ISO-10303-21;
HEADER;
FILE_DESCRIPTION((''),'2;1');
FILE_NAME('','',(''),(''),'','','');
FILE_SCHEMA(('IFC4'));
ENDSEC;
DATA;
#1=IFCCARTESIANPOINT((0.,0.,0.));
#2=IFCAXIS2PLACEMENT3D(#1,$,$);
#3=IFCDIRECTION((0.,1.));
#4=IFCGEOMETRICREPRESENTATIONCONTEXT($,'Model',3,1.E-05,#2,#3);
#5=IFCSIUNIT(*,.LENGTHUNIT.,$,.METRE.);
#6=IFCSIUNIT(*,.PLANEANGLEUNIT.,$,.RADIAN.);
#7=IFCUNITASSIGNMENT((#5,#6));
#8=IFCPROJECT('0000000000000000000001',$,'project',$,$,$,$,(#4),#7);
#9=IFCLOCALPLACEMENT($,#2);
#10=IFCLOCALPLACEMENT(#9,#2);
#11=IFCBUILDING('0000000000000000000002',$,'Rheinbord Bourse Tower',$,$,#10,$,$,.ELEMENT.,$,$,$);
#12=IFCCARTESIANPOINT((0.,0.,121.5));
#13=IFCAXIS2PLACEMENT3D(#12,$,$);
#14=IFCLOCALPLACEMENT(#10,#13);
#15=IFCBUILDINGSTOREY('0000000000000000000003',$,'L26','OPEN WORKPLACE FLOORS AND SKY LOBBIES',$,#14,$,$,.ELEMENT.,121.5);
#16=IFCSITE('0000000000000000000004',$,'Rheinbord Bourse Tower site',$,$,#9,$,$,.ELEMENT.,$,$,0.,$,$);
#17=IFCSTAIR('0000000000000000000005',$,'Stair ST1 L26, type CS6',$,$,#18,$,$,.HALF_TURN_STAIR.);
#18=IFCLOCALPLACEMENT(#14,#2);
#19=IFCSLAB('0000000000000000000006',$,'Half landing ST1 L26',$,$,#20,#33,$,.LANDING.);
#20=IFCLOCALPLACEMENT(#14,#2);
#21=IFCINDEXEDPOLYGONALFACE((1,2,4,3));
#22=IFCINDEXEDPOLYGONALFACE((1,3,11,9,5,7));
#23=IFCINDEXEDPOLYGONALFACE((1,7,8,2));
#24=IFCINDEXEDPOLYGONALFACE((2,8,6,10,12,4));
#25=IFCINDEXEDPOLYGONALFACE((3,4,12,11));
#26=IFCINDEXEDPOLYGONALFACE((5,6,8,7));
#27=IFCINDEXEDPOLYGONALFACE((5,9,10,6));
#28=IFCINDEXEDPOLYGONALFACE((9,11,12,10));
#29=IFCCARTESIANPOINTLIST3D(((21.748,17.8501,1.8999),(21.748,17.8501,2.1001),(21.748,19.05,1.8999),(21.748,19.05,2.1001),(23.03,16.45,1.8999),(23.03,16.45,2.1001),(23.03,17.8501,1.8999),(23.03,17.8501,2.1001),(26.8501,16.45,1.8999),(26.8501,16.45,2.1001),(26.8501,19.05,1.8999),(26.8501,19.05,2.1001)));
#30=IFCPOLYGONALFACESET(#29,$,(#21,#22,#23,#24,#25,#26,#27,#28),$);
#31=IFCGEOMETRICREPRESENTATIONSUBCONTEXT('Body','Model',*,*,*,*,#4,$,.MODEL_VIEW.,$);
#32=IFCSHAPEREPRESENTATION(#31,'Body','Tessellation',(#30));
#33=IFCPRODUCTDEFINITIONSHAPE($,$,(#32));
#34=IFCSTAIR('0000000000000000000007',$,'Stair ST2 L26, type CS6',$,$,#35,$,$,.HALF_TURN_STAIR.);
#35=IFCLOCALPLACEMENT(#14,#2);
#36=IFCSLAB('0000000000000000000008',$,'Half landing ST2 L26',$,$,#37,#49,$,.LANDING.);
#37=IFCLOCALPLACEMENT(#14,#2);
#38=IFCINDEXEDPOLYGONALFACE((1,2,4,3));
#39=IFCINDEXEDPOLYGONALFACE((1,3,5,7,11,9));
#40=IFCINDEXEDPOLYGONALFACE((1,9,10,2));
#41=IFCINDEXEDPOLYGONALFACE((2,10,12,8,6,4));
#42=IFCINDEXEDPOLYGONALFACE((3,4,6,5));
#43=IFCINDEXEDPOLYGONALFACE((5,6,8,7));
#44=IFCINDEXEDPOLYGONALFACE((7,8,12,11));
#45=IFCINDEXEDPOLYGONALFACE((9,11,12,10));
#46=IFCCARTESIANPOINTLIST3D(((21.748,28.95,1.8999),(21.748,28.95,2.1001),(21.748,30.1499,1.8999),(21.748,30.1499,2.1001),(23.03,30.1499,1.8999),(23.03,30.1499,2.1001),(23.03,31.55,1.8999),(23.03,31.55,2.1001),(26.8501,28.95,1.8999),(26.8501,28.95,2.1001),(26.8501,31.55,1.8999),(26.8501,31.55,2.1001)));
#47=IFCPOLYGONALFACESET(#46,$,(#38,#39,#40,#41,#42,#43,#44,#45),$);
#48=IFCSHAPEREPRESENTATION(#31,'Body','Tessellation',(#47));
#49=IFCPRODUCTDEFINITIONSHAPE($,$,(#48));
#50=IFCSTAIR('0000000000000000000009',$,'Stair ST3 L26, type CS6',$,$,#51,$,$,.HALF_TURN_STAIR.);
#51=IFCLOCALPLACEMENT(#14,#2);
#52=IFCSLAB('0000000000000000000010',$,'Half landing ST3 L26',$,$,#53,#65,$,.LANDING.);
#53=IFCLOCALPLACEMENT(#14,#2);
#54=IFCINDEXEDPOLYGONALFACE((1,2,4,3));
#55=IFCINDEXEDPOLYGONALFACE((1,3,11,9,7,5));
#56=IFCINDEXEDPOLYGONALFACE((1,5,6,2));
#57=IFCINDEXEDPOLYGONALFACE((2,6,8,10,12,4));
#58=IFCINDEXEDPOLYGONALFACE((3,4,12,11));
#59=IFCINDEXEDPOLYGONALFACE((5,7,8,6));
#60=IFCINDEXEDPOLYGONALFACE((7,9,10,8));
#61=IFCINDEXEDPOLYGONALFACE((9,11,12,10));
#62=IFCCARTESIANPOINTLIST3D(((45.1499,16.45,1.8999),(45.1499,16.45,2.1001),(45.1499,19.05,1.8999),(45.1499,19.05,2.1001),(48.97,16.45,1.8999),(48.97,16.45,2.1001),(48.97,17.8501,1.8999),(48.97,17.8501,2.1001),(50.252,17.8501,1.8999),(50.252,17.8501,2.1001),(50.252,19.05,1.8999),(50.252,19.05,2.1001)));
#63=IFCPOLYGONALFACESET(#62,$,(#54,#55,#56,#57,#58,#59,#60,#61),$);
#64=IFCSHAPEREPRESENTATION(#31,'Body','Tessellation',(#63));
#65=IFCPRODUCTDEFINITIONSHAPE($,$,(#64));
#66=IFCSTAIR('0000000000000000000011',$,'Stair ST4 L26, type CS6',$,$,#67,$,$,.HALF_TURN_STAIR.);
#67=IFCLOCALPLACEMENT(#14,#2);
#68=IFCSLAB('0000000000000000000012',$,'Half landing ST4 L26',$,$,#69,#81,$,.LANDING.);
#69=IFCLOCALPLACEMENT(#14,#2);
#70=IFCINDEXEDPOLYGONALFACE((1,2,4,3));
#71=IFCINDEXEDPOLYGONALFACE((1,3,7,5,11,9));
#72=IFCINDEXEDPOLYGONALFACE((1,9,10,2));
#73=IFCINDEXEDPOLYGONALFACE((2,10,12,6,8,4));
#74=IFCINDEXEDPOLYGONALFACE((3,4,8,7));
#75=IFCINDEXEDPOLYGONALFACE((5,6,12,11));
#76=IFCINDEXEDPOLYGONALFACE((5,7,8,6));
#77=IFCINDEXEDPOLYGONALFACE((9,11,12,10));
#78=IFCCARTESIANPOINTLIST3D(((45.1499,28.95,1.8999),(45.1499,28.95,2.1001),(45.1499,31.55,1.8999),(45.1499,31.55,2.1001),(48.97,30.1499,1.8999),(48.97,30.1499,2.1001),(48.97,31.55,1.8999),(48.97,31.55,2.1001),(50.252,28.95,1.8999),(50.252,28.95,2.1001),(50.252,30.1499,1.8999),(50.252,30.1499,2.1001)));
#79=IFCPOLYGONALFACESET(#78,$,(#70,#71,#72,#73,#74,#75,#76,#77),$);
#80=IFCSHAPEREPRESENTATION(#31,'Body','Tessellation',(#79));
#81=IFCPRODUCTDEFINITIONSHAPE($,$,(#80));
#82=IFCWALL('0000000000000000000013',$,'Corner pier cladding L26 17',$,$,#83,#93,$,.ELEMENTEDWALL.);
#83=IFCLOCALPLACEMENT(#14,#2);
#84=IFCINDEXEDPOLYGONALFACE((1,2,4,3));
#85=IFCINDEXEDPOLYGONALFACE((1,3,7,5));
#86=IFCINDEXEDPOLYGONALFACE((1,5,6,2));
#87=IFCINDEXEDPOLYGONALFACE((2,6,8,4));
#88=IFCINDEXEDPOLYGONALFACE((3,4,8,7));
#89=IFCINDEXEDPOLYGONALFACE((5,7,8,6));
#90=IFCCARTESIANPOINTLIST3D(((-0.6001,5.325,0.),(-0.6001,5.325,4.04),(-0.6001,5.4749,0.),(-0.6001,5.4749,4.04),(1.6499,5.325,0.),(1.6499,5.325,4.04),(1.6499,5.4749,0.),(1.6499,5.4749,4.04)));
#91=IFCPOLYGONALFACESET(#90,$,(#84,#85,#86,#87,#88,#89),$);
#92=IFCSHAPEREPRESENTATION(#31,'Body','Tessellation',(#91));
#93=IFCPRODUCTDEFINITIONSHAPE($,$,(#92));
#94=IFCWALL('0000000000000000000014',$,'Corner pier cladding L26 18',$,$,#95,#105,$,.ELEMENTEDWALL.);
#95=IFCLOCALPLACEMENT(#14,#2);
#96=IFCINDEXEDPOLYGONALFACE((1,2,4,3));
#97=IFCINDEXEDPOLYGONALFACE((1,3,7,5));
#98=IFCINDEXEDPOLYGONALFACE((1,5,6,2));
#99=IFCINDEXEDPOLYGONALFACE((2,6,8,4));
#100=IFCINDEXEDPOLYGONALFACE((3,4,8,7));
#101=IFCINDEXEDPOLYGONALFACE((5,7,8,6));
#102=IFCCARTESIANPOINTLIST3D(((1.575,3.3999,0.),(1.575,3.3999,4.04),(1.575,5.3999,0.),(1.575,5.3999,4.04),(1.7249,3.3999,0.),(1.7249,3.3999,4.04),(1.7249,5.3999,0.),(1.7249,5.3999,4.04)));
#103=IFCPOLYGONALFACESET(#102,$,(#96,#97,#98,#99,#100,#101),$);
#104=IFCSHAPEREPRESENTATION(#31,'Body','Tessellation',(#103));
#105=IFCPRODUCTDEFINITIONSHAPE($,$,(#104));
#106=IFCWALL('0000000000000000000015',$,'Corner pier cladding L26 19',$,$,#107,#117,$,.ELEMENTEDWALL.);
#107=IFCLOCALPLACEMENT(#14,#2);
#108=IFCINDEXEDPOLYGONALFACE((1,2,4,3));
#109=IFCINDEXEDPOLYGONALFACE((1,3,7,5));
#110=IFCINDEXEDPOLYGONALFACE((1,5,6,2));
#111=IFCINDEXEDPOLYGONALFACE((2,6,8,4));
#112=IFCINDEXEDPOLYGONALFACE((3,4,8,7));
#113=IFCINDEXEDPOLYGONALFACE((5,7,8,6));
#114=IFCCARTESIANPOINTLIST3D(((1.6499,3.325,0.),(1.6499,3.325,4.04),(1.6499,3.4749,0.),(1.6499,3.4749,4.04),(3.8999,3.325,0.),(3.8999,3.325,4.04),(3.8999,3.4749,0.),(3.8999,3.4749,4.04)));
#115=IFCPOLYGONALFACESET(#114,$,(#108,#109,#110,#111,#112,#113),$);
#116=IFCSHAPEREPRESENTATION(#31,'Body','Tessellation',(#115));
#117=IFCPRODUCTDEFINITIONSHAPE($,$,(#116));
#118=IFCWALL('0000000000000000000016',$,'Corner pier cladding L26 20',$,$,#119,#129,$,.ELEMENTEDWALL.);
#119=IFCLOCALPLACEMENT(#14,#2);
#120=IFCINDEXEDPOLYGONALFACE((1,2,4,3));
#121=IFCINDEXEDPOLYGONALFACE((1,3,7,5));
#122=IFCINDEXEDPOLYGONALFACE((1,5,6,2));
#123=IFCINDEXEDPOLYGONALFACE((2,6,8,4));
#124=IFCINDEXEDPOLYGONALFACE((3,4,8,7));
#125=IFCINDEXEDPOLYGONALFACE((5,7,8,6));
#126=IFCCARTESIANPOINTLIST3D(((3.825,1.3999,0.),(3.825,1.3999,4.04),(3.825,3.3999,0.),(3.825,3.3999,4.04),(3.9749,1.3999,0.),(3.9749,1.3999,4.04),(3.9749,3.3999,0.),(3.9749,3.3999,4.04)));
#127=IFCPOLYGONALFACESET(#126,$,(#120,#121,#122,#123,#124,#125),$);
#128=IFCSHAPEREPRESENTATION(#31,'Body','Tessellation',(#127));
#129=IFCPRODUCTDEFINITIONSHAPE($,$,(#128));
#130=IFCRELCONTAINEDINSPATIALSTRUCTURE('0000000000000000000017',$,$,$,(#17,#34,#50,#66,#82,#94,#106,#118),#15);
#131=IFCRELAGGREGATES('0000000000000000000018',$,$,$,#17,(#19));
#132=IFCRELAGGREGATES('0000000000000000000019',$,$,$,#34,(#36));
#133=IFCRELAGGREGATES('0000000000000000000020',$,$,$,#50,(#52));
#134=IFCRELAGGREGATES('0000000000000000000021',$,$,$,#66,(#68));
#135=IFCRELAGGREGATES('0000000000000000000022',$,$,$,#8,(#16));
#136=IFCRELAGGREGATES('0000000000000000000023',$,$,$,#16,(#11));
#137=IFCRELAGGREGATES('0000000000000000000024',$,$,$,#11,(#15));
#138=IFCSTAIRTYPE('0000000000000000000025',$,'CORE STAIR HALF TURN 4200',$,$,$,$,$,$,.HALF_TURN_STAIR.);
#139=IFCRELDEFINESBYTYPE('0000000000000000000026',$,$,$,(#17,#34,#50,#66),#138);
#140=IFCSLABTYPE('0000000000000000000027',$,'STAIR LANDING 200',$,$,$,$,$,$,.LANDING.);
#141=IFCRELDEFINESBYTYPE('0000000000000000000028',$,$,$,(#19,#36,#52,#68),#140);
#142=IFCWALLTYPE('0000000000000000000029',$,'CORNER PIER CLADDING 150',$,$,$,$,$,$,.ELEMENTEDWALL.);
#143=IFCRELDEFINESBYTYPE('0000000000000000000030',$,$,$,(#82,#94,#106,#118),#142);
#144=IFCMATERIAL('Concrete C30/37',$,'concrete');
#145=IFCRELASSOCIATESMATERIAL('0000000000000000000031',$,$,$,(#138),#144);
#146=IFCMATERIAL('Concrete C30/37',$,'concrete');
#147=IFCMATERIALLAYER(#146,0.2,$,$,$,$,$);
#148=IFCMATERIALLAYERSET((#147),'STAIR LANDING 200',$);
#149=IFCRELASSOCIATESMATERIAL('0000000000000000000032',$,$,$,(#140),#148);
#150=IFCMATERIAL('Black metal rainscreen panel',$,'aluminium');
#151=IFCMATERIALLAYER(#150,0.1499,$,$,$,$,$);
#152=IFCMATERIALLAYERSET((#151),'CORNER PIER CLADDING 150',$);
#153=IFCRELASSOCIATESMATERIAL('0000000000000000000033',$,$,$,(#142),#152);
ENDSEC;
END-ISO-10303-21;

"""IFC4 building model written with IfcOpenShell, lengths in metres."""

from ifc_helpers import new_model, si_unit, direction, frame, frame_2d, origin, place, context, subcontext, project, spatial, polyline, rectangle, outline, extrude, material, layer, layer_set, type_object, element, aggregate, save


model = new_model("IFC4")

# Units and contexts
model_context = context("Model", 3, precision=1e-05, world=origin(), true_north=direction((0.0, 1.0)))
body_context = subcontext(model_context, "Body", "Model", "MODEL_VIEW")
ifc_project = project(units=[si_unit("LENGTHUNIT", "METRE"), si_unit("PLANEANGLEUNIT", "RADIAN")], contexts=[model_context])

# Site, building, storey
site_placement = place(None, origin())
site = spatial("IfcSite", under=ifc_project, at=site_placement, Name="Rheinbord Bourse Tower site", CompositionType="ELEMENT", RefElevation=0.0)
building_placement = place(site_placement, origin())
building = spatial("IfcBuilding", under=site, at=building_placement, Name="Rheinbord Bourse Tower", CompositionType="ELEMENT")
storey_placement = place(building_placement, frame((0.0, 0.0, 121.5)))
storey = spatial("IfcBuildingStorey", under=building, at=storey_placement, Name="L26", Description="OPEN WORKPLACE FLOORS AND SKY LOBBIES", CompositionType="ELEMENT", Elevation=121.5)

# Stairs, slabs
ifc_material_1 = material(Name="Concrete C30/37", Category="concrete")
stair_type = type_object("IfcStairType", Name="CORE STAIR HALF TURN 4200", PredefinedType="HALF_TURN_STAIR", material=ifc_material_1)
stair_1_placement = place(storey_placement, origin())
stair_1 = element("IfcStair", 1, at=stair_1_placement, inside=storey, type_object=stair_type, Name="Stair ST1 L26, type CS6", PredefinedType="HALF_TURN_STAIR")
ifc_material_2 = material(Name="Concrete C30/37", Category="concrete")
ifc_layer_1 = layer(ifc_material_2, 0.2)
ifc_layer_set_1 = layer_set([ifc_layer_1], Name="STAIR LANDING 200")
slab_type_1 = type_object("IfcSlabType", Name="STAIR LANDING 200", PredefinedType="LANDING", material=ifc_layer_set_1)
slab_1_placement = place(storey_placement, frame((0.0, 0.0, 1.8999)))
slab_1 = element("IfcSlab", 2, at=slab_1_placement, type_object=slab_type_1, Name="Half landing ST1 L26", PredefinedType="LANDING", context=body_context, shape_type="SweptSolid", body=[
    extrude(outline(polyline([(23.03, 16.45), (26.8501, 16.45), (26.8501, 19.05), (21.748, 19.05), (21.748, 17.8501), (23.03, 17.8501), (23.03, 16.45)])), origin(), (0.0, 0.0, 1.0), 0.2002),
])
aggregate(stair_1, [slab_1])
stair_2_placement = place(storey_placement, origin())
stair_2 = element("IfcStair", 3, at=stair_2_placement, inside=storey, type_object=stair_type, Name="Stair ST2 L26, type CS6", PredefinedType="HALF_TURN_STAIR")
slab_2_placement = place(storey_placement, frame((0.0, 0.0, 1.8999)))
slab_2 = element("IfcSlab", 4, at=slab_2_placement, type_object=slab_type_1, Name="Half landing ST2 L26", PredefinedType="LANDING", context=body_context, shape_type="SweptSolid", body=[
    extrude(outline(polyline([(21.748, 28.95), (26.8501, 28.95), (26.8501, 31.55), (23.03, 31.55), (23.03, 30.1499), (21.748, 30.1499), (21.748, 28.95)])), origin(), (0.0, 0.0, 1.0), 0.2002),
])
aggregate(stair_2, [slab_2])
stair_3_placement = place(storey_placement, origin())
stair_3 = element("IfcStair", 5, at=stair_3_placement, inside=storey, type_object=stair_type, Name="Stair ST3 L26, type CS6", PredefinedType="HALF_TURN_STAIR")
slab_3_placement = place(storey_placement, frame((0.0, 0.0, 1.8999)))
slab_3 = element("IfcSlab", 6, at=slab_3_placement, type_object=slab_type_1, Name="Half landing ST3 L26", PredefinedType="LANDING", context=body_context, shape_type="SweptSolid", body=[
    extrude(outline(polyline([(45.1499, 16.45), (48.97, 16.45), (48.97, 17.8501), (50.252, 17.8501), (50.252, 19.05), (45.1499, 19.05), (45.1499, 16.45)])), origin(), (0.0, 0.0, 1.0), 0.2002),
])
aggregate(stair_3, [slab_3])
stair_4_placement = place(storey_placement, origin())
stair_4 = element("IfcStair", 7, at=stair_4_placement, inside=storey, type_object=stair_type, Name="Stair ST4 L26, type CS6", PredefinedType="HALF_TURN_STAIR")
slab_4_placement = place(storey_placement, frame((0.0, 0.0, 1.8999)))
slab_4 = element("IfcSlab", 8, at=slab_4_placement, type_object=slab_type_1, Name="Half landing ST4 L26", PredefinedType="LANDING", context=body_context, shape_type="SweptSolid", body=[
    extrude(outline(polyline([(45.1499, 28.95), (50.252, 28.95), (50.252, 30.1499), (48.97, 30.1499), (48.97, 31.55), (45.1499, 31.55), (45.1499, 28.95)])), origin(), (0.0, 0.0, 1.0), 0.2002),
])
aggregate(stair_4, [slab_4])

# Walls
ifc_material_3 = material(Name="Black metal rainscreen panel", Category="aluminium")
ifc_layer_2 = layer(ifc_material_3, 0.1499)
ifc_layer_set_2 = layer_set([ifc_layer_2], Name="CORNER PIER CLADDING 150")
wall_type = type_object("IfcWallType", Name="CORNER PIER CLADDING 150", PredefinedType="ELEMENTEDWALL", material=ifc_layer_set_2)
wall_1_placement = place(storey_placement, frame((-0.6001, 5.3999, 0.0), z_axis=(0.0, 0.0, 1.0), x_axis=(1.0, 0.0, 0.0)))
element("IfcWall", 9, at=wall_1_placement, inside=storey, type_object=wall_type, Name="Corner pier cladding L26 17", PredefinedType="ELEMENTEDWALL", context=body_context, shape_type="SweptSolid", body=[
    extrude(rectangle(XDim=2.25, YDim=0.1499, at=frame_2d((1.125, 0.0))), origin(), (0.0, 0.0, 1.0), 4.04),
])
wall_2_placement = place(storey_placement, frame((1.6499, 5.3999, 0.0), z_axis=(0.0, 0.0, 1.0), x_axis=(0.0, -1.0, 0.0)))
element("IfcWall", 10, at=wall_2_placement, inside=storey, type_object=wall_type, Name="Corner pier cladding L26 18", PredefinedType="ELEMENTEDWALL", context=body_context, shape_type="SweptSolid", body=[
    extrude(rectangle(XDim=2.0, YDim=0.1499, at=frame_2d((1.0, 0.0))), origin(), (0.0, 0.0, 1.0), 4.04),
])
wall_3_placement = place(storey_placement, frame((1.6499, 3.3999, 0.0), z_axis=(0.0, 0.0, 1.0), x_axis=(1.0, 0.0, 0.0)))
element("IfcWall", 11, at=wall_3_placement, inside=storey, type_object=wall_type, Name="Corner pier cladding L26 19", PredefinedType="ELEMENTEDWALL", context=body_context, shape_type="SweptSolid", body=[
    extrude(rectangle(XDim=2.25, YDim=0.1499, at=frame_2d((1.125, 0.0))), origin(), (0.0, 0.0, 1.0), 4.04),
])
wall_4_placement = place(storey_placement, frame((3.8999, 3.3999, 0.0), z_axis=(0.0, 0.0, 1.0), x_axis=(0.0, -1.0, 0.0)))
element("IfcWall", 12, at=wall_4_placement, inside=storey, type_object=wall_type, Name="Corner pier cladding L26 20", PredefinedType="ELEMENTEDWALL", context=body_context, shape_type="SweptSolid", body=[
    extrude(rectangle(XDim=2.0, YDim=0.1499, at=frame_2d((1.0, 0.0))), origin(), (0.0, 0.0, 1.0), 4.04),
])

save(model, "model.ifc")
